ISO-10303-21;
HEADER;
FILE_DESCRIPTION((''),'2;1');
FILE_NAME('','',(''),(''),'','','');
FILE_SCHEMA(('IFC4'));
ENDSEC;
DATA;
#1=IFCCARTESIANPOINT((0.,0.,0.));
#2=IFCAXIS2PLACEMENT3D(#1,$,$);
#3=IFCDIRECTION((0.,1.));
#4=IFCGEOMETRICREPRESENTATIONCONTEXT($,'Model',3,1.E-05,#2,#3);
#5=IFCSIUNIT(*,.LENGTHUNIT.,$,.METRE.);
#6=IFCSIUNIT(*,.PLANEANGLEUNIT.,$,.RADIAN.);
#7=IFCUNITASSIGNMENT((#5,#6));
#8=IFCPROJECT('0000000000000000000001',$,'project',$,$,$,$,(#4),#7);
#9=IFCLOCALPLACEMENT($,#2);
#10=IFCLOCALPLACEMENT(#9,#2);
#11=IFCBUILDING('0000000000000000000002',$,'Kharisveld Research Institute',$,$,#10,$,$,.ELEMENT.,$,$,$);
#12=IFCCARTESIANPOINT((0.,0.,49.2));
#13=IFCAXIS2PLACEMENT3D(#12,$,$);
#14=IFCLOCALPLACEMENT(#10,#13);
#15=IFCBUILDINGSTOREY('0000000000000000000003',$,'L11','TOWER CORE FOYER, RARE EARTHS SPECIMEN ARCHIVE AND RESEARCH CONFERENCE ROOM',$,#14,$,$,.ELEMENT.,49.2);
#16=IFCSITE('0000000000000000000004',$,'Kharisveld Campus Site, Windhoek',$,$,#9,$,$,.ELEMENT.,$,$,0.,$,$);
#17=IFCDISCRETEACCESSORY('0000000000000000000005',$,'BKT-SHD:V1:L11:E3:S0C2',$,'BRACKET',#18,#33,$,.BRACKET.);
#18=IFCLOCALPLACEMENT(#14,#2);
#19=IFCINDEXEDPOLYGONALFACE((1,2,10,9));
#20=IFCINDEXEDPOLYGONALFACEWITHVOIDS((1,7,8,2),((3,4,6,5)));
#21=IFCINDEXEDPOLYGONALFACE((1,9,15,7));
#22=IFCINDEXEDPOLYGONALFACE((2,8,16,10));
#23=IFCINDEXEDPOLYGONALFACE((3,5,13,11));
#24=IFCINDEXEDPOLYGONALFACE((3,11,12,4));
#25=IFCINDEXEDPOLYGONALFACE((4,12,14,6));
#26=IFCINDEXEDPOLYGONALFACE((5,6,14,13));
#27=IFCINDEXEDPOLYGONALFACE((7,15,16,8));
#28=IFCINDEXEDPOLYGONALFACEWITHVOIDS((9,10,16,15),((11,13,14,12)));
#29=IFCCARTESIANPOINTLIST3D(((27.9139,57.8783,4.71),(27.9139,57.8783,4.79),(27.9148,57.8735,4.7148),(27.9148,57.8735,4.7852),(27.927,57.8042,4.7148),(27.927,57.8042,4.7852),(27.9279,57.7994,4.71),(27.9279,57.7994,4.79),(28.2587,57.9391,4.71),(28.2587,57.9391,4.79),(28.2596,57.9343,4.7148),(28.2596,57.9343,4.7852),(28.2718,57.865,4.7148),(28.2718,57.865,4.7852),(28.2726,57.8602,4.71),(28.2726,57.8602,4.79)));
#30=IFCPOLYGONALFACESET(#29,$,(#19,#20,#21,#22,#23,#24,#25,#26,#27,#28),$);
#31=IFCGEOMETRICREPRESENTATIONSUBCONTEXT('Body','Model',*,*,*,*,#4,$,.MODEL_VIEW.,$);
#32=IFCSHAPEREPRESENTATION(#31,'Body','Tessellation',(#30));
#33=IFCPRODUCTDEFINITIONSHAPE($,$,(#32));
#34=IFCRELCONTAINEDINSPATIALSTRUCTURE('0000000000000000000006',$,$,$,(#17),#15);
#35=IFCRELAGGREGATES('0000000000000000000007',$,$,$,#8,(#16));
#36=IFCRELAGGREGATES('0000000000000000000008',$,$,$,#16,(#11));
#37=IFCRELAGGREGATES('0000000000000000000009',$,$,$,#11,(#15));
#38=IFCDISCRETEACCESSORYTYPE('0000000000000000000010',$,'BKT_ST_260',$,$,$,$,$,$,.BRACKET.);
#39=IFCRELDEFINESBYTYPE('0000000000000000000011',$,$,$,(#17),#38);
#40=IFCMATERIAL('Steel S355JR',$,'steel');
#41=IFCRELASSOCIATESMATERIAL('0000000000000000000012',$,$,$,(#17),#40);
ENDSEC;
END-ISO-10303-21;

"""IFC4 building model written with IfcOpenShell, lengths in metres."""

from ifc_helpers import new_model, si_unit, direction, frame, origin, origin_2d, place, context, subcontext, project, spatial, hollow_rectangle, extrude, material, type_object, element, save


model = new_model("IFC4")

# Units and contexts
model_context = context("Model", 3, precision=1e-05, world=origin(), true_north=direction((0.0, 1.0)))
body_context = subcontext(model_context, "Body", "Model", "MODEL_VIEW")
ifc_project = project(units=[si_unit("LENGTHUNIT", "METRE"), si_unit("PLANEANGLEUNIT", "RADIAN")], contexts=[model_context])

# Site, building, storey
site_placement = place(None, origin())
site = spatial("IfcSite", under=ifc_project, at=site_placement, Name="Kharisveld Campus Site, Windhoek", CompositionType="ELEMENT", RefElevation=0.0)
building_placement = place(site_placement, origin())
building = spatial("IfcBuilding", under=site, at=building_placement, Name="Kharisveld Research Institute", CompositionType="ELEMENT")
storey_placement = place(building_placement, frame((0.0, 0.0, 49.2)))
storey = spatial("IfcBuildingStorey", under=building, at=storey_placement, Name="L11", Description="TOWER CORE FOYER, RARE EARTHS SPECIMEN ARCHIVE AND RESEARCH CONFERENCE ROOM", CompositionType="ELEMENT", Elevation=49.2)

# Discrete accessory
ifc_material_1 = material(Name="Steel S355JR", Category="steel")
discrete_accessory_type = type_object("IfcDiscreteAccessoryType", Name="BKT_ST_260", PredefinedType="BRACKET")
for number, where, z_axis, x_axis, name in (
    (1, (27.9209, 57.8389, 4.75), (0.984805, 0.173666, 0.0), (-0.173666, 0.984805, 0.0), "BKT-SHD:V1:L11:E3:S0C2"),
):
    element("IfcDiscreteAccessory", number, at=place(storey_placement, frame(where, z_axis=z_axis, x_axis=x_axis)), inside=storey, type_object=discrete_accessory_type, material=ifc_material_1, Name=name, ObjectType="BRACKET", PredefinedType="BRACKET", context=body_context, shape_type="SweptSolid", body=[
        extrude(hollow_rectangle(XDim=0.0801, YDim=0.0801, WallThickness=0.0049, at=origin_2d()), origin(), (0.0, 0.0, 1.0), 0.3501),
    ])

save(model, "model.ifc")
